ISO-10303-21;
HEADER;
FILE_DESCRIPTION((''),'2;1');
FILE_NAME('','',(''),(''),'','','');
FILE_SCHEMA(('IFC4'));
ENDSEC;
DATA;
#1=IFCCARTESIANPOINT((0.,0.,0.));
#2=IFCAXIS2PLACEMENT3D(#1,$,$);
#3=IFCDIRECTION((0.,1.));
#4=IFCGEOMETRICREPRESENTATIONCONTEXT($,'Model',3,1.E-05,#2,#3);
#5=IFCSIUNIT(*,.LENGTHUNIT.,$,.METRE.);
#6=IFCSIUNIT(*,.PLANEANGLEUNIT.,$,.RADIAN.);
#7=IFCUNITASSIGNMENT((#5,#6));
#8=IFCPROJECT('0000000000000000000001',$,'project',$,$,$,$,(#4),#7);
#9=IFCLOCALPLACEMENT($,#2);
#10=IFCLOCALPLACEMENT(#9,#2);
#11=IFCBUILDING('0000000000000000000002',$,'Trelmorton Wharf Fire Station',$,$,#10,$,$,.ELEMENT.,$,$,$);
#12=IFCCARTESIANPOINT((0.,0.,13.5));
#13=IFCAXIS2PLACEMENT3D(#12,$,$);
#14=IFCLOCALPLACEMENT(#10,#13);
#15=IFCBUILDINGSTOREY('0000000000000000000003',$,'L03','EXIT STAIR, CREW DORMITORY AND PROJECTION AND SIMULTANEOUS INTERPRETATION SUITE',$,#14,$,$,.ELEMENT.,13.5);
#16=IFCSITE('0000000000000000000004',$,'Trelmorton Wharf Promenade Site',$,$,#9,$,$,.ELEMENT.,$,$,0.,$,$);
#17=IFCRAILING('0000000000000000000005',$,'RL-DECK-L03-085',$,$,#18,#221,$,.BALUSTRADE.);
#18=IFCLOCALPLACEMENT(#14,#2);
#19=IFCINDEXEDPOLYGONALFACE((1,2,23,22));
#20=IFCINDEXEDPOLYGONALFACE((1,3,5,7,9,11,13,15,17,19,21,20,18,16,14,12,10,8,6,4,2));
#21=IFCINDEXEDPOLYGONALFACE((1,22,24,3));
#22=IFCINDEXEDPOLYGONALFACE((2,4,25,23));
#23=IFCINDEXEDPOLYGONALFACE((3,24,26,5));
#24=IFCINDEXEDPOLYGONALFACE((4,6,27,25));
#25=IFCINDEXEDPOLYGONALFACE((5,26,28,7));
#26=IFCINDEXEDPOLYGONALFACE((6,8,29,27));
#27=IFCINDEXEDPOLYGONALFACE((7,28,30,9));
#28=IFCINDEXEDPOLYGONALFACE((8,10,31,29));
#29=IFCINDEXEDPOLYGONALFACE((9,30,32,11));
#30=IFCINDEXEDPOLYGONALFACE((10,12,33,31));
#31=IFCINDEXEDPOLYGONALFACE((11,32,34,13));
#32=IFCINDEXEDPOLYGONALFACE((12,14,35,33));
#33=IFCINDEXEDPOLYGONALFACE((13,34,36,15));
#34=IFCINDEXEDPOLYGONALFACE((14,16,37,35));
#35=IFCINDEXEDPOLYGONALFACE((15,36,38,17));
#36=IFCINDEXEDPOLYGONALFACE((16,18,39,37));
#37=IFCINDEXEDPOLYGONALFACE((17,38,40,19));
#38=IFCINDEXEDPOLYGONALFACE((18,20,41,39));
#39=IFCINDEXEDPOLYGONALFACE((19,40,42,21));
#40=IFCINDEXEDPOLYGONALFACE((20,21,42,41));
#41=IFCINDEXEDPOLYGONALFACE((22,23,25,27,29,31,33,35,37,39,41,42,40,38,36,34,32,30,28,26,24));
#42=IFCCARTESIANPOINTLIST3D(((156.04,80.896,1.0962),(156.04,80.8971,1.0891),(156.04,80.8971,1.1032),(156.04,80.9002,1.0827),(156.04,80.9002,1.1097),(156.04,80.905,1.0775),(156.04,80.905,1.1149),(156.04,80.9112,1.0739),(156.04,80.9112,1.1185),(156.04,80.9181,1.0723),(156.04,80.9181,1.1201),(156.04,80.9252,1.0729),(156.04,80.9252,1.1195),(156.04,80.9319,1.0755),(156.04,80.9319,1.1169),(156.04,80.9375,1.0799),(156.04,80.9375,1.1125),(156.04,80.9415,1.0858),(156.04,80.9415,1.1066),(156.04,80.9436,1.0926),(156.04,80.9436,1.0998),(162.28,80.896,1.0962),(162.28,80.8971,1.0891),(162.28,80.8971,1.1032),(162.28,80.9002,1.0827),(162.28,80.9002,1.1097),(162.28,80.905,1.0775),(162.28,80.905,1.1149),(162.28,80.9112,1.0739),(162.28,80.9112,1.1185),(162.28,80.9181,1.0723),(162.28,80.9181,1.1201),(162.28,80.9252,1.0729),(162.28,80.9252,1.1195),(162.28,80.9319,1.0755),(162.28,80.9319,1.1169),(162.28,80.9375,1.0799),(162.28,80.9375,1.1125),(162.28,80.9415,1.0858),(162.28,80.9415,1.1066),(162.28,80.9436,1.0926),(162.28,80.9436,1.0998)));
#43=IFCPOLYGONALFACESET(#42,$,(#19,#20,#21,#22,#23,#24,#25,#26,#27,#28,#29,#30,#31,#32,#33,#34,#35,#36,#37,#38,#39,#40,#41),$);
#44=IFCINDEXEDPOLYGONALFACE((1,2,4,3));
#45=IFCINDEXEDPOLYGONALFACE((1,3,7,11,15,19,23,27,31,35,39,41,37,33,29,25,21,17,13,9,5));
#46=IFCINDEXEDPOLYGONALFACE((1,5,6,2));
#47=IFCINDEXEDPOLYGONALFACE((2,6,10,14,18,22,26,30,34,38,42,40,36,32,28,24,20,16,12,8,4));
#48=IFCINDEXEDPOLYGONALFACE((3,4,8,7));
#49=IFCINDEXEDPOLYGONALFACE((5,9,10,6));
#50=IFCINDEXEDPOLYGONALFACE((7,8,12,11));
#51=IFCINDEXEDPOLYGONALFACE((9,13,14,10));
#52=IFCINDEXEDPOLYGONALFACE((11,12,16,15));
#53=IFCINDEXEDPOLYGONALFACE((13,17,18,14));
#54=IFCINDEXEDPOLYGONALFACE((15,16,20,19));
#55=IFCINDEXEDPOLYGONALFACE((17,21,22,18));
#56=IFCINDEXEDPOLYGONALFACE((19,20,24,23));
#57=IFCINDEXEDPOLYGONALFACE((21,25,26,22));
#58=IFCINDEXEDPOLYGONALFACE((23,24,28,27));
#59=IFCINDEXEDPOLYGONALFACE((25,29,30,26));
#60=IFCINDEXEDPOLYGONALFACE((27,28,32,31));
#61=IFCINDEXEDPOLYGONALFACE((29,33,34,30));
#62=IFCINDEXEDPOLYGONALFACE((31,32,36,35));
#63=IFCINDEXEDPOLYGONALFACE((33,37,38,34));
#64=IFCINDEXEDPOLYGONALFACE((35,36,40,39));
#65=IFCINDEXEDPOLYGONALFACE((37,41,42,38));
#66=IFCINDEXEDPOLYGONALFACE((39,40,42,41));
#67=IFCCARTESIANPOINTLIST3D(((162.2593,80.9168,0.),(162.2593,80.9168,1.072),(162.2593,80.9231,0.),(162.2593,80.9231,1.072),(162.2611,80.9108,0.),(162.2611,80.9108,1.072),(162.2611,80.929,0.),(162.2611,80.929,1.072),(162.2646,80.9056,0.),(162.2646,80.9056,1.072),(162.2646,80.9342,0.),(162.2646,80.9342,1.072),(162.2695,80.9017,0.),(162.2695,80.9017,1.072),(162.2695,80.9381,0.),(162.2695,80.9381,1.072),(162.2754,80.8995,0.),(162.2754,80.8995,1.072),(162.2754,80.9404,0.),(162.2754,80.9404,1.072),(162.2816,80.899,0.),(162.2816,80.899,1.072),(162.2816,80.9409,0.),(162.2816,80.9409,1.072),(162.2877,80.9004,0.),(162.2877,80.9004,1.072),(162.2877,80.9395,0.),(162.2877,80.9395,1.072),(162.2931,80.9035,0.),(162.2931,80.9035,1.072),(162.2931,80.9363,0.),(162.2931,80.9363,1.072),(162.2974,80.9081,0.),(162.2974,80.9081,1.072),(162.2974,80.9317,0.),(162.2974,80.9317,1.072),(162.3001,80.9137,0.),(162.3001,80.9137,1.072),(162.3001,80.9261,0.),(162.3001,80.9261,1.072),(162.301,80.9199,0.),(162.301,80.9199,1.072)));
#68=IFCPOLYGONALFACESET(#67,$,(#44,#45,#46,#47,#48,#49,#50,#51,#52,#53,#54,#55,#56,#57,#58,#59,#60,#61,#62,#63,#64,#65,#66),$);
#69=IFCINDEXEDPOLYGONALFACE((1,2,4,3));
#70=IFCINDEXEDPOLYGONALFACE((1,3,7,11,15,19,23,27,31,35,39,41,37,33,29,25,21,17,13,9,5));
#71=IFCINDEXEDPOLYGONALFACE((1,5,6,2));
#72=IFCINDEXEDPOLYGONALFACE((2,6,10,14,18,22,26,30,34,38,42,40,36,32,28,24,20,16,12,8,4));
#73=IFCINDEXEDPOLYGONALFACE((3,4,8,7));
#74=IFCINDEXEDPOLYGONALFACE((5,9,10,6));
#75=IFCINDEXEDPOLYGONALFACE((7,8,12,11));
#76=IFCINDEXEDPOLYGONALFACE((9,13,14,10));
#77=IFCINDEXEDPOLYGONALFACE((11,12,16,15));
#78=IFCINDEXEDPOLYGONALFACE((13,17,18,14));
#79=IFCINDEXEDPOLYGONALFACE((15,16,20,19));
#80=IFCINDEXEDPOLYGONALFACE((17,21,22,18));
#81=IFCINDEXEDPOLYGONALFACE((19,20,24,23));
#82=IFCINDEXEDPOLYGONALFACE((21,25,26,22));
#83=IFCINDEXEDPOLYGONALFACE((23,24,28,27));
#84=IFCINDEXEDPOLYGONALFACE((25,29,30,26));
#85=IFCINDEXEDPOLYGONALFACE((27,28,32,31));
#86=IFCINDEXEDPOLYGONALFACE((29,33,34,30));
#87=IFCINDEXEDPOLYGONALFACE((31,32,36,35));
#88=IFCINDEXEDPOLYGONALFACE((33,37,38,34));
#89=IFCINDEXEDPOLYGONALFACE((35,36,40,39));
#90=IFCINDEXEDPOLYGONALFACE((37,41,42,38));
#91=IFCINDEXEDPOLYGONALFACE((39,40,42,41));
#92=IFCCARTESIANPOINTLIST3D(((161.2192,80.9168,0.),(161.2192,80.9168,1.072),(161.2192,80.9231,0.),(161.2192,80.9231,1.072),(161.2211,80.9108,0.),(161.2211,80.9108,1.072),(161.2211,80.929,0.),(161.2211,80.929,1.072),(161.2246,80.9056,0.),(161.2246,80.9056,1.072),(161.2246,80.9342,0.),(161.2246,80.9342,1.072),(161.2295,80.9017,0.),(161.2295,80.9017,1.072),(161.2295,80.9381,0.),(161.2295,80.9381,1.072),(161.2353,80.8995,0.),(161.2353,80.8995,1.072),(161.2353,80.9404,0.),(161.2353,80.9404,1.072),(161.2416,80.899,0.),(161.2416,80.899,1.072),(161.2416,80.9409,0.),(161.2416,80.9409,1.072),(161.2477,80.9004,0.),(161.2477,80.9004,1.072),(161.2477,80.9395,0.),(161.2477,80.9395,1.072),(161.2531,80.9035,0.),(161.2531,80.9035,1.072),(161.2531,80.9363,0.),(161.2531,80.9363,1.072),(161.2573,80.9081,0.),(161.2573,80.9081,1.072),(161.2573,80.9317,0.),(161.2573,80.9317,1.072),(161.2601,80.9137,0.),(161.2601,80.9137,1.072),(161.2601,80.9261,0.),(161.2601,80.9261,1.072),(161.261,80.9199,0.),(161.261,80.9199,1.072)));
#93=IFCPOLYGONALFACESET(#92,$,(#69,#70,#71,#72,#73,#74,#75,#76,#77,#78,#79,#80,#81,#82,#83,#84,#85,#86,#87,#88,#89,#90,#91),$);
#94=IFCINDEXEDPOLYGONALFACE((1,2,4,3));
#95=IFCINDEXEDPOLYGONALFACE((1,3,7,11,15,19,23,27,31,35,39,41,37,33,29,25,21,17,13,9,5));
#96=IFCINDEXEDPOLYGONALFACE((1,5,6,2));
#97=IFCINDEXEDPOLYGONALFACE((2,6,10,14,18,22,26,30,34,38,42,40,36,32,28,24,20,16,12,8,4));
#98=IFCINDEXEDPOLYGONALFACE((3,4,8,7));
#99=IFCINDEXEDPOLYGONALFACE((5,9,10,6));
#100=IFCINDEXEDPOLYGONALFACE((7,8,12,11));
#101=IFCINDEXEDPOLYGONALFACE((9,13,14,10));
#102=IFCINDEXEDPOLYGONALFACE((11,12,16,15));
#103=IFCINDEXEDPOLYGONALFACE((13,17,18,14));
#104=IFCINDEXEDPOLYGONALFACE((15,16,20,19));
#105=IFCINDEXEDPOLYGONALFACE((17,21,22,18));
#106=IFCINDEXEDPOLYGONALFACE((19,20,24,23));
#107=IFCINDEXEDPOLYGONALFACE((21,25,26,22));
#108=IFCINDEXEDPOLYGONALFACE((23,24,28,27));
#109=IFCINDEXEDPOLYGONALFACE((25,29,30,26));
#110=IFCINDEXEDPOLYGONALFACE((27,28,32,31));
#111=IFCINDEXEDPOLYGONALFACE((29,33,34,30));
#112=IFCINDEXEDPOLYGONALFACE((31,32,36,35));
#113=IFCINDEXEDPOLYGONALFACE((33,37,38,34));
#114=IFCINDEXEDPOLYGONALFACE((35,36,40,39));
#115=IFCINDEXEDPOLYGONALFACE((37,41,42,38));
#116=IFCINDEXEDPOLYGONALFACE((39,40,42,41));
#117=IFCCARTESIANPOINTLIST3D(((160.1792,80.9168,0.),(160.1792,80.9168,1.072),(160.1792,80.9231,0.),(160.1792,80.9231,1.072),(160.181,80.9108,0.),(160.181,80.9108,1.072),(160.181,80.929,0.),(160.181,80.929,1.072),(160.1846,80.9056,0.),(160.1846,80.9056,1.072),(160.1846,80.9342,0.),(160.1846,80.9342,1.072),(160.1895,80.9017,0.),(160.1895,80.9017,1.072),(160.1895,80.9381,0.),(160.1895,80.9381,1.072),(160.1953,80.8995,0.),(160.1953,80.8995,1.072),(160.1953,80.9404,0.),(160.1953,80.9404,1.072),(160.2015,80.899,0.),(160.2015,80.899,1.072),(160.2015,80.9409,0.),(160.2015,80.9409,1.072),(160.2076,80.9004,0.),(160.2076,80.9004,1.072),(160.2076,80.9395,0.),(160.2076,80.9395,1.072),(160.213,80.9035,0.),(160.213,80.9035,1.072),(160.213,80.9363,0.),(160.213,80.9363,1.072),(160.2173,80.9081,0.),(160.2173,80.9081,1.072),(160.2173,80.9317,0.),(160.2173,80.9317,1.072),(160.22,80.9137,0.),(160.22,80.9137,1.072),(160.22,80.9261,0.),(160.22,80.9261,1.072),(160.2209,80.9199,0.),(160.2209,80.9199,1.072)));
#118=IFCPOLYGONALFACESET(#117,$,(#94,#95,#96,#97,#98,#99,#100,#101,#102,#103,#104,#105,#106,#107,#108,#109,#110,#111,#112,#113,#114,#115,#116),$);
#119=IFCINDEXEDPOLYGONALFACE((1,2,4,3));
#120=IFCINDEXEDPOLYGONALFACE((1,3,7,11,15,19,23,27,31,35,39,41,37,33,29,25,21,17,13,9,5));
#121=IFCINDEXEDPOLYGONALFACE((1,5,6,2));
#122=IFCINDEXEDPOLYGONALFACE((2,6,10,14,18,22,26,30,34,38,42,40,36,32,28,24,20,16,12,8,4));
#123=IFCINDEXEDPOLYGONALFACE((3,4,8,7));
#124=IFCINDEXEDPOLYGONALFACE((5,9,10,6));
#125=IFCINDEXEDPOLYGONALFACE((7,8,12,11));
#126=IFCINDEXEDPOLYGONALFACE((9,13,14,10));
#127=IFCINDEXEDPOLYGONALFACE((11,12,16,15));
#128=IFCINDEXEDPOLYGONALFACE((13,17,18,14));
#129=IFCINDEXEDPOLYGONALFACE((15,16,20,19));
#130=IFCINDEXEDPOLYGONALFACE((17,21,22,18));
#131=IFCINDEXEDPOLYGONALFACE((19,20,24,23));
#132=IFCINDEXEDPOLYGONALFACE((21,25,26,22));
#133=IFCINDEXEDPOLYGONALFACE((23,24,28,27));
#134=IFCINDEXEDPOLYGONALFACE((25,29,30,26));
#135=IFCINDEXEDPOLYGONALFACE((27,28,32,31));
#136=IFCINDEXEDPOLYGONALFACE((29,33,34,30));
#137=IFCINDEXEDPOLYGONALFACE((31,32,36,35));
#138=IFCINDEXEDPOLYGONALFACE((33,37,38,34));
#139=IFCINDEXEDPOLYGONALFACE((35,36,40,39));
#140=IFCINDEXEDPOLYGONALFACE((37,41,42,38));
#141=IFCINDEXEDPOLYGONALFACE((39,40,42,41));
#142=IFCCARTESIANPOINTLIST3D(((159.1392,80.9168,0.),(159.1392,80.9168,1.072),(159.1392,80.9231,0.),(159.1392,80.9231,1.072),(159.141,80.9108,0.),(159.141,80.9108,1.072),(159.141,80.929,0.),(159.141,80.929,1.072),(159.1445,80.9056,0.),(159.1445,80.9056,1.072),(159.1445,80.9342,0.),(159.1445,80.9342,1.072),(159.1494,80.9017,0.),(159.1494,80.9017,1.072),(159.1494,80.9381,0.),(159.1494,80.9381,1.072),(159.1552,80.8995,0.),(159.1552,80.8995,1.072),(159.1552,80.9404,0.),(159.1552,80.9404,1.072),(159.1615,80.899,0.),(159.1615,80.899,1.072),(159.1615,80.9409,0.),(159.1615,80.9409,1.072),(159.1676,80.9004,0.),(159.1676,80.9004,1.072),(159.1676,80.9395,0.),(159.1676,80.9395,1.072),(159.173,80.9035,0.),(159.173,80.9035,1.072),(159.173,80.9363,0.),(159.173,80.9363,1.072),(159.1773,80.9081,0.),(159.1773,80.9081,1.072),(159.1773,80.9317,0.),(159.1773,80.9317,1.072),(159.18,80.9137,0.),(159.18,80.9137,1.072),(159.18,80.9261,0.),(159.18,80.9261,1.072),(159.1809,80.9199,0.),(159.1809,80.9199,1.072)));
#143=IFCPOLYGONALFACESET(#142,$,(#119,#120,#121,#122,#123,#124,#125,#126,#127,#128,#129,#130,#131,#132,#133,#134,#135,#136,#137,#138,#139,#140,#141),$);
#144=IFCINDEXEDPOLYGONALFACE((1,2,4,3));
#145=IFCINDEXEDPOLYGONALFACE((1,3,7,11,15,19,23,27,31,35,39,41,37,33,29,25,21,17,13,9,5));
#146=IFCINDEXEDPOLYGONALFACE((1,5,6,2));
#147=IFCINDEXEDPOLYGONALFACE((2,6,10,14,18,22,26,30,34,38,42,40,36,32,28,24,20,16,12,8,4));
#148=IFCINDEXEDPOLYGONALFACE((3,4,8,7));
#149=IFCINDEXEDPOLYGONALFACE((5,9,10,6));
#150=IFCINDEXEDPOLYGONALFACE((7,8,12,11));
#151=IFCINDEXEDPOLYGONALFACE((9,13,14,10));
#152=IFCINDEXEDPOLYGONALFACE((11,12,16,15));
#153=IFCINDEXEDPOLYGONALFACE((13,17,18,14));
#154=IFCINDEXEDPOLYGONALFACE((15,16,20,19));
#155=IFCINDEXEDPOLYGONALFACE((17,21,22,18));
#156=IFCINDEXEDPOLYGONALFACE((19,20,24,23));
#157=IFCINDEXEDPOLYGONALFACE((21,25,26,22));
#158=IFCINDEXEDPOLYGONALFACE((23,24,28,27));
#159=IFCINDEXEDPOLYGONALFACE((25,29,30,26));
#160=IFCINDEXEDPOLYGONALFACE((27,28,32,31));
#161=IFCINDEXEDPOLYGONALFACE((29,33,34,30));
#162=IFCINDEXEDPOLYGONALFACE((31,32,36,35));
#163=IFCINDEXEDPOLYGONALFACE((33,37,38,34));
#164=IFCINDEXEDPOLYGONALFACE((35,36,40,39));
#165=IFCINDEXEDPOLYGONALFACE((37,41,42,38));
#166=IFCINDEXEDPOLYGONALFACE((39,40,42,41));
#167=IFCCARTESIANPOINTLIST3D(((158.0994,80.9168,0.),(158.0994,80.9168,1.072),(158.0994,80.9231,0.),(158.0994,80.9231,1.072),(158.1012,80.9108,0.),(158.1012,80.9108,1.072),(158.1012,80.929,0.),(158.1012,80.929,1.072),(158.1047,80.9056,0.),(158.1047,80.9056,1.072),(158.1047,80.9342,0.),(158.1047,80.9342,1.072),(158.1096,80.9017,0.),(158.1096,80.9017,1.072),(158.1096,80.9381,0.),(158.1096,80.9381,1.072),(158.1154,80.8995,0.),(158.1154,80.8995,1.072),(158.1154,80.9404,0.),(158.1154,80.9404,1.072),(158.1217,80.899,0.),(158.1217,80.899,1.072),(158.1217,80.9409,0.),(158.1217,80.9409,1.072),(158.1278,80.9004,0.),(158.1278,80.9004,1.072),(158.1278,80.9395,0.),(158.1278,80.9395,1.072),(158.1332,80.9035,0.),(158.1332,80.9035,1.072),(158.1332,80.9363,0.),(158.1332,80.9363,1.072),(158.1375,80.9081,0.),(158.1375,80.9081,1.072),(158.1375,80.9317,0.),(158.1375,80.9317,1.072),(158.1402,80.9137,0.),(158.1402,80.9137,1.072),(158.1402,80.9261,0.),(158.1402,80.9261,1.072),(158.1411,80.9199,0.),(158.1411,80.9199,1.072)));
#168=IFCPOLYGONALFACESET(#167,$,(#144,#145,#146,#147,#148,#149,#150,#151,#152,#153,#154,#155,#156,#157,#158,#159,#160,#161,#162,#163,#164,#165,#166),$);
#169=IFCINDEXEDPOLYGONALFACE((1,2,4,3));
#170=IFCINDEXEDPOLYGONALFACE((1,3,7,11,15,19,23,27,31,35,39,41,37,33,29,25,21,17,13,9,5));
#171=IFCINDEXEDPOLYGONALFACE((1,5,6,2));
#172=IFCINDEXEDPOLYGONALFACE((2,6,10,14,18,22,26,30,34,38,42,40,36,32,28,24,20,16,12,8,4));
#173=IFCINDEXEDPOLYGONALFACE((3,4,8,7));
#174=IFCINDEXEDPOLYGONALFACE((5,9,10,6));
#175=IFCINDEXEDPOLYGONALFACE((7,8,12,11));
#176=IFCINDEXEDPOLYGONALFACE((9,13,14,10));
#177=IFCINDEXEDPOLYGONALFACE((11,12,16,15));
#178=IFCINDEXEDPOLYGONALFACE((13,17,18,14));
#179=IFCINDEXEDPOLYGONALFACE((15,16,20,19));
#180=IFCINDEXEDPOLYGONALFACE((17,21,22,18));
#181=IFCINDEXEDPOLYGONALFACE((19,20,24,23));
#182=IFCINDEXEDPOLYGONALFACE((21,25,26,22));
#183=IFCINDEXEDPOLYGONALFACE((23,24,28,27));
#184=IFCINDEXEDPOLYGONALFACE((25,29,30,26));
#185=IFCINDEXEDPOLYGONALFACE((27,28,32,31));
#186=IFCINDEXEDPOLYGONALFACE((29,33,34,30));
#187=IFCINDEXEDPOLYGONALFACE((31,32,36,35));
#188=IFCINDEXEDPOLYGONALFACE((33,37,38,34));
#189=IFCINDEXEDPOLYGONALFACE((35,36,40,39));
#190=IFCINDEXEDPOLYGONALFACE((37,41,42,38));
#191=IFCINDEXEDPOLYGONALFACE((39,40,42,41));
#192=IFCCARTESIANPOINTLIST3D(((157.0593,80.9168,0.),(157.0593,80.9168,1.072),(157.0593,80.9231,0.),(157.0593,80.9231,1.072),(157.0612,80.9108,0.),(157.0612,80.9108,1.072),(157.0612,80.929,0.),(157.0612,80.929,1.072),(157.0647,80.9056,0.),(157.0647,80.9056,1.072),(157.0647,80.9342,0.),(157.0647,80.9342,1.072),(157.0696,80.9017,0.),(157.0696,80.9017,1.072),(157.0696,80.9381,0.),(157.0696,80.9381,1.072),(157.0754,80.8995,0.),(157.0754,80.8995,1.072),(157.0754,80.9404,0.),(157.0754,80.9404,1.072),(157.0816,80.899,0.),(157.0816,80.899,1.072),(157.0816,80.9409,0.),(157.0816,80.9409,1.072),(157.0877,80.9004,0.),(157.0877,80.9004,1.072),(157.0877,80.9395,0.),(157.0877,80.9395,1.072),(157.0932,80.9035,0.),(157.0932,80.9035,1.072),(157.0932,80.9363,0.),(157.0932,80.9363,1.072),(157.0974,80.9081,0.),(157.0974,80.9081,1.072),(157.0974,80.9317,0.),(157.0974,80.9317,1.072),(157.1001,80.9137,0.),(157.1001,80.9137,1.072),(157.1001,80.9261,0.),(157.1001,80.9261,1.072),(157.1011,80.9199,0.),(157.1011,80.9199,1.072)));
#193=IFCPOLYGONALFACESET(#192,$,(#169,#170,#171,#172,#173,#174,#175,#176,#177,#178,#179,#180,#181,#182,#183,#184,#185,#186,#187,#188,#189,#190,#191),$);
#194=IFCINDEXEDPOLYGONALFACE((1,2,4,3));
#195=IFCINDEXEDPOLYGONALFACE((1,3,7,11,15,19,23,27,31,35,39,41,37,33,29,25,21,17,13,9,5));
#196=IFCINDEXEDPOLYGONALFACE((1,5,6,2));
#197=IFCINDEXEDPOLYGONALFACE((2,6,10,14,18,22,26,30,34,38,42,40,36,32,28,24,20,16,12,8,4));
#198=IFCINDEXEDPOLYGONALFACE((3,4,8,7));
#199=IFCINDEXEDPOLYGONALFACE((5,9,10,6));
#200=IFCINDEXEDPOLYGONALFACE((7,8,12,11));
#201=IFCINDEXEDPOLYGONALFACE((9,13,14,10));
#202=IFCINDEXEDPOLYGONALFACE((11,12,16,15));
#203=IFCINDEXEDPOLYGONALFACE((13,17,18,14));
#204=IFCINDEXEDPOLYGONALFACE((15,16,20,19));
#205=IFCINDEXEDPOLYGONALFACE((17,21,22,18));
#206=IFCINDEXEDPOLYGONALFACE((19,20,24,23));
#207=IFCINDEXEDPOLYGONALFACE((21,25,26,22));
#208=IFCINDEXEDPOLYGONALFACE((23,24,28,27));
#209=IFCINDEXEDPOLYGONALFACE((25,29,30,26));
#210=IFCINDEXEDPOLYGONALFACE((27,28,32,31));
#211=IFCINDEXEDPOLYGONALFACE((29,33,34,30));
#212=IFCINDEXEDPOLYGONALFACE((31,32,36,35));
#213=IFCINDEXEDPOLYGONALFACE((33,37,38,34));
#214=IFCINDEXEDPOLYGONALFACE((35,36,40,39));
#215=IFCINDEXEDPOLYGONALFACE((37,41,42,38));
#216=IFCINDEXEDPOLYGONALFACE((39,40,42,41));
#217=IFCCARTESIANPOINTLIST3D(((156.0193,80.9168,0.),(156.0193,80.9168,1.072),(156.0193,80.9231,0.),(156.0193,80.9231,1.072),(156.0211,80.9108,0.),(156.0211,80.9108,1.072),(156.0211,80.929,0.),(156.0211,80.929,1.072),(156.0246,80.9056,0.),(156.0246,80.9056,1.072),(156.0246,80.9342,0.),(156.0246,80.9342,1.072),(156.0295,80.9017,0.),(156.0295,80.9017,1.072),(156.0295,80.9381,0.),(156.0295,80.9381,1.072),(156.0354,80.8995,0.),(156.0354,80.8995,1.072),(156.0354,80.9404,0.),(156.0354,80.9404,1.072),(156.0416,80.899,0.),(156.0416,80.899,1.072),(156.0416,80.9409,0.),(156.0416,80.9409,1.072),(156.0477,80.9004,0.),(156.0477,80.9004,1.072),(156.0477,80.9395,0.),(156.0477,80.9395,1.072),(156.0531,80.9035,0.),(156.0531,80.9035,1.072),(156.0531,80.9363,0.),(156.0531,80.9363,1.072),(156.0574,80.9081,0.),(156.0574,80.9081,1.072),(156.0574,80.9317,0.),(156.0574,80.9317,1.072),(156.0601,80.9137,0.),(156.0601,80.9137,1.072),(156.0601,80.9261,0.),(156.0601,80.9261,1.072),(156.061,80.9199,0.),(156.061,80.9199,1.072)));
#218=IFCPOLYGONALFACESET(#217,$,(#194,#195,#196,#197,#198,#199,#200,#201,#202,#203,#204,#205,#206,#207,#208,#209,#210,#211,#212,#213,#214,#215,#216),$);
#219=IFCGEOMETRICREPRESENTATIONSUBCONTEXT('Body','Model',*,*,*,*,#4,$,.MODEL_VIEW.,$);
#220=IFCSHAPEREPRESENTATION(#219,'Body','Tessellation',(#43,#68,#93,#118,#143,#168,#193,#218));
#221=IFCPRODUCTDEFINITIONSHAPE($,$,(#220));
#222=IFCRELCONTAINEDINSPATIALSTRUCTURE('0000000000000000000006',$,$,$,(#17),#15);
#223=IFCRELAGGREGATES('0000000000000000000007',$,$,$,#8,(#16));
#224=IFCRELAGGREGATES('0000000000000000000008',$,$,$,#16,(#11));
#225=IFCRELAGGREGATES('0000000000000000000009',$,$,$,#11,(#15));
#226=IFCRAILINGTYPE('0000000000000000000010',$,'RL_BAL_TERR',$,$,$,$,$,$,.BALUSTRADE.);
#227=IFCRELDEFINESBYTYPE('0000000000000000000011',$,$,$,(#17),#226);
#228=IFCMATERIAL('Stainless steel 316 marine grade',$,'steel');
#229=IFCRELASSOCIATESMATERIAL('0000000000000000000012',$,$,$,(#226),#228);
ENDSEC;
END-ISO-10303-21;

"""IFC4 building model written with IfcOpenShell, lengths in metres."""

from ifc_helpers import new_model, si_unit, direction, frame, origin, origin_2d, place, context, subcontext, project, spatial, circle, extrude, material, type_object, element, save


model = new_model("IFC4")

# Units and contexts
model_context = context("Model", 3, precision=1e-05, world=origin(), true_north=direction((0.0, 1.0)))
body_context = subcontext(model_context, "Body", "Model", "MODEL_VIEW")
ifc_project = project(units=[si_unit("LENGTHUNIT", "METRE"), si_unit("PLANEANGLEUNIT", "RADIAN")], contexts=[model_context])

# Site, building, storey
site_placement = place(None, origin())
site = spatial("IfcSite", under=ifc_project, at=site_placement, Name="Trelmorton Wharf Promenade Site", CompositionType="ELEMENT", RefElevation=0.0)
building_placement = place(site_placement, origin())
building = spatial("IfcBuilding", under=site, at=building_placement, Name="Trelmorton Wharf Fire Station", CompositionType="ELEMENT")
storey_placement = place(building_placement, frame((0.0, 0.0, 13.5)))
storey = spatial("IfcBuildingStorey", under=building, at=storey_placement, Name="L03", Description="EXIT STAIR, CREW DORMITORY AND PROJECTION AND SIMULTANEOUS INTERPRETATION SUITE", CompositionType="ELEMENT", Elevation=13.5)

# Railing
ifc_material_1 = material(Name="Stainless steel 316 marine grade", Category="steel")
railing_type = type_object("IfcRailingType", Name="RL_BAL_TERR", PredefinedType="BALUSTRADE", material=ifc_material_1)
railing_1_placement = place(storey_placement, frame((162.28, 80.9199, 0.0)))
element("IfcRailing", 1, at=railing_1_placement, inside=storey, type_object=railing_type, Name="RL-DECK-L03-085", PredefinedType="BALUSTRADE", context=body_context, shape_type="SweptSolid", body=[
    extrude(circle(Radius=0.0239, at=origin_2d()), frame((0.0, 0.0, 1.0962), z_axis=(-1.0, 0.0, 0.0), x_axis=(0.0, -1.0, 0.0)), (0.0, 0.0, 1.0), 6.24),
    extrude(circle(Radius=0.021, at=origin_2d()), origin(), (0.0, 0.0, 1.0), 1.072),
    extrude(circle(Radius=0.021, at=origin_2d()), frame((-1.04, 0.0, 0.0)), (0.0, 0.0, 1.0), 1.072),
    extrude(circle(Radius=0.021, at=origin_2d()), frame((-2.0801, 0.0, 0.0)), (0.0, 0.0, 1.0), 1.072),
    extrude(circle(Radius=0.021, at=origin_2d()), frame((-3.1201, 0.0, 0.0)), (0.0, 0.0, 1.0), 1.072),
    extrude(circle(Radius=0.021, at=origin_2d()), frame((-4.1599, 0.0, 0.0)), (0.0, 0.0, 1.0), 1.072),
    extrude(circle(Radius=0.021, at=origin_2d()), frame((-5.2, 0.0, 0.0)), (0.0, 0.0, 1.0), 1.072),
    extrude(circle(Radius=0.021, at=origin_2d()), frame((-6.24, 0.0, 0.0)), (0.0, 0.0, 1.0), 1.072),
])

save(model, "model.ifc")
